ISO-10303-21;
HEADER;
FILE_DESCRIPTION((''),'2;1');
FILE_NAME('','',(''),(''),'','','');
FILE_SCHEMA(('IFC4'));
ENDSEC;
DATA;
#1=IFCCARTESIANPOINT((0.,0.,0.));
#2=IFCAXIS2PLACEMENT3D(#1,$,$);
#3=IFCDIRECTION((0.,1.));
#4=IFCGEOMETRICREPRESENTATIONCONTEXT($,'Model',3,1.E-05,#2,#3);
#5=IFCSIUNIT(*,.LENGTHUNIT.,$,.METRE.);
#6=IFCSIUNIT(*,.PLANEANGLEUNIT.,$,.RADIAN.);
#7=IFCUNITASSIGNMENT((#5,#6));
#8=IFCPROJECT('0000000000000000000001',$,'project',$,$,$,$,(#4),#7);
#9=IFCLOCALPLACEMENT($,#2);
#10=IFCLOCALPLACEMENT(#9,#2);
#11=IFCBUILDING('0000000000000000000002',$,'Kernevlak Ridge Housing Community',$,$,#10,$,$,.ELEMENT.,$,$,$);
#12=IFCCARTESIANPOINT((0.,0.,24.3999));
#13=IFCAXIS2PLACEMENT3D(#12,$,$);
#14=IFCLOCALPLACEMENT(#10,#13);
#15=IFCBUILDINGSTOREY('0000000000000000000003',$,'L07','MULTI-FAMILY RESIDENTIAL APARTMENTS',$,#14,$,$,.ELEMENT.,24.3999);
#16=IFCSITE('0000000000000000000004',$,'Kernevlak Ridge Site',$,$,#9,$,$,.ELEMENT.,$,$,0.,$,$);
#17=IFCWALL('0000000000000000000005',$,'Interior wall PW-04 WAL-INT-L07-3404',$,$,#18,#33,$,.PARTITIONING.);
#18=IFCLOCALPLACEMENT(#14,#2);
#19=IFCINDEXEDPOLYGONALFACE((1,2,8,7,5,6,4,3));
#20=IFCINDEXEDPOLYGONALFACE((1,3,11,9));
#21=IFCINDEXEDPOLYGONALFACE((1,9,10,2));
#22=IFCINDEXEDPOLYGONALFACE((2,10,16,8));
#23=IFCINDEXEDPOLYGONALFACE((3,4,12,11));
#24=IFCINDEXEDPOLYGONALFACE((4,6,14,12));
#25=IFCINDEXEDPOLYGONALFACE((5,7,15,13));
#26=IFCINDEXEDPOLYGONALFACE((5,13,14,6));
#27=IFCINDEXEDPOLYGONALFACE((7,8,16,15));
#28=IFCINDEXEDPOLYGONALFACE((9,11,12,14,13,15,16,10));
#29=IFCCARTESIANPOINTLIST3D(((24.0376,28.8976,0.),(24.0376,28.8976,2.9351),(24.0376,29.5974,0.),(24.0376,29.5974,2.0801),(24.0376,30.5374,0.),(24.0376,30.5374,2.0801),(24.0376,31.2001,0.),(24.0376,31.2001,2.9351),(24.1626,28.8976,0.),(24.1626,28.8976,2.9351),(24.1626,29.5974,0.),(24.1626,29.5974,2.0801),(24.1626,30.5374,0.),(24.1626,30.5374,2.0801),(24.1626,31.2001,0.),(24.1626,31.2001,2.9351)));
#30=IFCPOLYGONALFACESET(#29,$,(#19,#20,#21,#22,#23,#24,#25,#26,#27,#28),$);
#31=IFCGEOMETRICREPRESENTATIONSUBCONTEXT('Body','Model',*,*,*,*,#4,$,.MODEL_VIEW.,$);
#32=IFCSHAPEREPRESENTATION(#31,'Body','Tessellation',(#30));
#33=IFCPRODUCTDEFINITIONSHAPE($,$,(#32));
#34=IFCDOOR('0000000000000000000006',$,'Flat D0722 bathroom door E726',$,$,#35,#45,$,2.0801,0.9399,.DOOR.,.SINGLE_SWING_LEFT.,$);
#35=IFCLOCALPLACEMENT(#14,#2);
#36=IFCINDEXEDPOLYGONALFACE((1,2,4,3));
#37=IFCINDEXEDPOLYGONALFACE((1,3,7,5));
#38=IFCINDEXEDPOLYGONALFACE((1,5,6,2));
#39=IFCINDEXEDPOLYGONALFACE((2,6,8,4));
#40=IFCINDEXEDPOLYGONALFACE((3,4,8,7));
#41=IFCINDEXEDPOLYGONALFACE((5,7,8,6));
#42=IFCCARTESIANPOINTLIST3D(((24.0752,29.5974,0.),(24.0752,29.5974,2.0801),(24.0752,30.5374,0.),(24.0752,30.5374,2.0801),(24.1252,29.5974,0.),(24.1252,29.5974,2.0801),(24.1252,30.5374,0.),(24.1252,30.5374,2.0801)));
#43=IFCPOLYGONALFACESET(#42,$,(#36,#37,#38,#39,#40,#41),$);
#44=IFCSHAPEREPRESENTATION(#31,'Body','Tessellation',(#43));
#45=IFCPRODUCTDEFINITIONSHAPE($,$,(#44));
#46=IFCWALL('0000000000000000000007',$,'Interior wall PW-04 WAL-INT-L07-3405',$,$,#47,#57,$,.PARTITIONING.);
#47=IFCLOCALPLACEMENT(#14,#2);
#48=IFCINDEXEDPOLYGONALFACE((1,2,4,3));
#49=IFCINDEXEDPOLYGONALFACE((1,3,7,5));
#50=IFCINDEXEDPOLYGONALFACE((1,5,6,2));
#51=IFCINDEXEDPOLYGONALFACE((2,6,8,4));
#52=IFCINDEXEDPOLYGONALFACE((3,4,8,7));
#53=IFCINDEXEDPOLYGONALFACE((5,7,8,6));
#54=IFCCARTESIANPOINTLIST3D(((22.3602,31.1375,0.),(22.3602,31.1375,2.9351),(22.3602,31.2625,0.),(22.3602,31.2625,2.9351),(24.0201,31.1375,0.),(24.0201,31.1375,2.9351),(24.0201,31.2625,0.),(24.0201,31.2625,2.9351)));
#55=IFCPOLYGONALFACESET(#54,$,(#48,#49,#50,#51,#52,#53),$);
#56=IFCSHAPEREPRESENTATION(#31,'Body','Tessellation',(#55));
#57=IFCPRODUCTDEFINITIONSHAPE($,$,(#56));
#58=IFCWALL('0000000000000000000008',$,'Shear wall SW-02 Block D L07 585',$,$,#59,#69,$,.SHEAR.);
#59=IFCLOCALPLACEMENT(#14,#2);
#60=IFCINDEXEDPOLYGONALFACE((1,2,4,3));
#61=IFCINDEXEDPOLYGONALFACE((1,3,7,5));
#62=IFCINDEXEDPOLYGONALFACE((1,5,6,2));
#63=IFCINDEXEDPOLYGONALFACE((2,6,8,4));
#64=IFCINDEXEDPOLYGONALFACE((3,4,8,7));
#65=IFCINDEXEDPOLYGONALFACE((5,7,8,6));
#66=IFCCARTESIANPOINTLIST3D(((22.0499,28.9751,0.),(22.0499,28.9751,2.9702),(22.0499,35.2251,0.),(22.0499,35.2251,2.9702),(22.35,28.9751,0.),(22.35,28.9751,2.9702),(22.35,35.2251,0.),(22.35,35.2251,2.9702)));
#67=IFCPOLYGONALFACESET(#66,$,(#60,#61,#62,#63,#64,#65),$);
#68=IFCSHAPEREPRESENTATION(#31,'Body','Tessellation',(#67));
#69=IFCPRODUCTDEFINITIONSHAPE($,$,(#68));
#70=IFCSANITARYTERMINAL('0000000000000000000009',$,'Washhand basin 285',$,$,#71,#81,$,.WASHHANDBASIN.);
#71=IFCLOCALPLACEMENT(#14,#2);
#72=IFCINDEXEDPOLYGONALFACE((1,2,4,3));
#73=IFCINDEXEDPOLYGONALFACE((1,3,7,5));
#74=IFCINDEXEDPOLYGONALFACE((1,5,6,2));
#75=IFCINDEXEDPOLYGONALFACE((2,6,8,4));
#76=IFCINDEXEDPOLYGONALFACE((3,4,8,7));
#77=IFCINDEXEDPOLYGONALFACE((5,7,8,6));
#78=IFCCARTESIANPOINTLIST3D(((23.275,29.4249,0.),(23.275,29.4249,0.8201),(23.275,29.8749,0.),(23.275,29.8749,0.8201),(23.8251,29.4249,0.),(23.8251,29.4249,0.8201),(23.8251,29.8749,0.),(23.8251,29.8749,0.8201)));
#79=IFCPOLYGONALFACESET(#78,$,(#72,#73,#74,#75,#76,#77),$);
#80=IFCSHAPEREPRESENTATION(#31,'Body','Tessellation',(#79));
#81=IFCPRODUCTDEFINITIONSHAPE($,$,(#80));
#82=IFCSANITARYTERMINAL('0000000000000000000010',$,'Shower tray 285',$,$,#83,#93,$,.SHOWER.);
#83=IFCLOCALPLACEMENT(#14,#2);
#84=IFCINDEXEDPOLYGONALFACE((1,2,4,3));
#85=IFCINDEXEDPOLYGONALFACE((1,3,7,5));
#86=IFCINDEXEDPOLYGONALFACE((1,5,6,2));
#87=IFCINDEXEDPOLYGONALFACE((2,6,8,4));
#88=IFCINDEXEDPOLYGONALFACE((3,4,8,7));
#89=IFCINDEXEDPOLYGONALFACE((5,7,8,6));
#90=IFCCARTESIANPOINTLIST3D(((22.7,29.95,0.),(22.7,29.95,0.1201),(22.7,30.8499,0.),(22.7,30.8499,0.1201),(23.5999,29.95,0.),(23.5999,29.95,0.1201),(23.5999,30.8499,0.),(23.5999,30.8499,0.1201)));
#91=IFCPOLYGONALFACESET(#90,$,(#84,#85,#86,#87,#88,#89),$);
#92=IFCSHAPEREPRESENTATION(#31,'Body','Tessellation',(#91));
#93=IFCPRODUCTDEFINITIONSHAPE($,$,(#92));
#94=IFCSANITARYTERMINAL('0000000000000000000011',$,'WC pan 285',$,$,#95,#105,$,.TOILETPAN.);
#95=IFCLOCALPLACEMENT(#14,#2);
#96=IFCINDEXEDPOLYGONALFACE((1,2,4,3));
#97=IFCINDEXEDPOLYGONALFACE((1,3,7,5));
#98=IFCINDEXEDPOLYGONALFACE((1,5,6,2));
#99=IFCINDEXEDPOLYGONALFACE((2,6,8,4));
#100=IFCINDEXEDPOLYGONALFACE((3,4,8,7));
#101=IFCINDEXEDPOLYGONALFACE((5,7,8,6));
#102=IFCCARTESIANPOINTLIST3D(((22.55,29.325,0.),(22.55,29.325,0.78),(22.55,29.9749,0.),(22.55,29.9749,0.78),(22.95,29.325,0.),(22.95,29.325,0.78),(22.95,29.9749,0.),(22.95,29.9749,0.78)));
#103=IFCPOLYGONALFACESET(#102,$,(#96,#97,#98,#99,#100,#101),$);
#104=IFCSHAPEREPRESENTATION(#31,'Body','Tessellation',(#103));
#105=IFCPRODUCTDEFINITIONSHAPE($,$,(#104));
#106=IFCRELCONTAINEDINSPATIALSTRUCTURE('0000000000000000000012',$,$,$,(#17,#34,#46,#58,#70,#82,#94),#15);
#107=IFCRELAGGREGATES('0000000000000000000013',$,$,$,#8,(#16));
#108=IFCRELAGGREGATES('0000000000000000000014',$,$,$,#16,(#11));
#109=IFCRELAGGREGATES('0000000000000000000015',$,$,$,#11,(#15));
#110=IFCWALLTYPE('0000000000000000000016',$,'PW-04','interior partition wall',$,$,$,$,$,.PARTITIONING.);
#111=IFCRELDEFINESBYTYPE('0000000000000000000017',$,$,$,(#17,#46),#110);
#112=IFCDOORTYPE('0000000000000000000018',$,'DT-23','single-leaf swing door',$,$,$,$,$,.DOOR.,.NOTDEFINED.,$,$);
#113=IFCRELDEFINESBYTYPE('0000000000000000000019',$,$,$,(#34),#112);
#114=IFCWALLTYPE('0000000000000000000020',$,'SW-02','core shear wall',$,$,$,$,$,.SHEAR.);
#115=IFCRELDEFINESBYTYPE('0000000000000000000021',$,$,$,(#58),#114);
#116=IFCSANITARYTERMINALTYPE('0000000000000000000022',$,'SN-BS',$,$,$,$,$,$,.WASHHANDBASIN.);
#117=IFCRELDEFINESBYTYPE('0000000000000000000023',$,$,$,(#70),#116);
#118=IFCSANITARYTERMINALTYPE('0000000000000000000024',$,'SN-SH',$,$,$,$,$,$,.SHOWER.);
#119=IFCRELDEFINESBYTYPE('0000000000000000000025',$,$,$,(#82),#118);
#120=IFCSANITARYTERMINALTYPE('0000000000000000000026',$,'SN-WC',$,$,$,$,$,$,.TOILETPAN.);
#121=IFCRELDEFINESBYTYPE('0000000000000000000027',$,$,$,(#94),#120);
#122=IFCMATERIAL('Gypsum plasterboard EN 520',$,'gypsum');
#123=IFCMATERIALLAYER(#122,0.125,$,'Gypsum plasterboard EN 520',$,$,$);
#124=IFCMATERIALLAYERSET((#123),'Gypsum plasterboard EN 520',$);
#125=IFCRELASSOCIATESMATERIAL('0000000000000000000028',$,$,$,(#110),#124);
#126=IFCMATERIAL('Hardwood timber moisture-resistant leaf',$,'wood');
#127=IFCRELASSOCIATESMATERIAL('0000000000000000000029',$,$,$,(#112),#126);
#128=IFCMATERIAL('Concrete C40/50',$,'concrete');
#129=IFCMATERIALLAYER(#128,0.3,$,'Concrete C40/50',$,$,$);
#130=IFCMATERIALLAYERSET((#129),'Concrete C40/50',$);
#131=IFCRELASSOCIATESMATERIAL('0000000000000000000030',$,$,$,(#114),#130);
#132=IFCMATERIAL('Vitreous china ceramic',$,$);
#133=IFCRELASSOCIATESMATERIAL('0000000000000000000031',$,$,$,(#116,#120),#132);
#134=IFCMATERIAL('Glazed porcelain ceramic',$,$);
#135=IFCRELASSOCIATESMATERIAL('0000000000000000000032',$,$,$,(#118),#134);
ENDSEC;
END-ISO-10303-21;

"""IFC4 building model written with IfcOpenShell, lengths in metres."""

from ifc_helpers import new_model, si_unit, direction, frame, frame_2d, origin, origin_2d, place, context, subcontext, project, spatial, rectangle, extrude, material, layer, layer_set, type_object, element, fill, save


model = new_model("IFC4")

# Units and contexts
model_context = context("Model", 3, precision=1e-05, world=origin(), true_north=direction((0.0, 1.0)))
body_context = subcontext(model_context, "Body", "Model", "MODEL_VIEW")
ifc_project = project(units=[si_unit("LENGTHUNIT", "METRE"), si_unit("PLANEANGLEUNIT", "RADIAN")], contexts=[model_context])

# Site, building, storey
site_placement = place(None, origin())
site = spatial("IfcSite", under=ifc_project, at=site_placement, Name="Kernevlak Ridge Site", CompositionType="ELEMENT", RefElevation=0.0)
building_placement = place(site_placement, origin())
building = spatial("IfcBuilding", under=site, at=building_placement, Name="Kernevlak Ridge Housing Community", CompositionType="ELEMENT")
storey_placement = place(building_placement, frame((0.0, 0.0, 24.3999)))
storey = spatial("IfcBuildingStorey", under=building, at=storey_placement, Name="L07", Description="MULTI-FAMILY RESIDENTIAL APARTMENTS", CompositionType="ELEMENT", Elevation=24.3999)

# Wall, opening, door
ifc_material_1 = material(Name="Gypsum plasterboard EN 520", Category="gypsum")
ifc_layer_1 = layer(ifc_material_1, 0.125, Name="Gypsum plasterboard EN 520")
ifc_layer_set_1 = layer_set([ifc_layer_1], Name="Gypsum plasterboard EN 520")
wall_type_1 = type_object("IfcWallType", Name="PW-04", Description="interior partition wall", PredefinedType="PARTITIONING", material=ifc_layer_set_1)
wall_1_placement = place(storey_placement, frame((24.1001, 28.8975, 0.0), z_axis=(0.0, 0.0, 1.0), x_axis=(0.0, 1.0, 0.0)))
wall_1 = element("IfcWall", 1, at=wall_1_placement, inside=storey, type_object=wall_type_1, Name="Interior wall PW-04 WAL-INT-L07-3404", PredefinedType="PARTITIONING", context=body_context, shape_type="SweptSolid", body=[
    extrude(rectangle(XDim=2.3025, YDim=0.125, at=frame_2d((1.1514, 0.0))), origin(), (0.0, 0.0, 1.0), 2.9351),
])
opening_1_placement = place(wall_1_placement, frame((0.7, 0.0, 0.0)))
opening_1 = element("IfcOpeningElement", 2, at=opening_1_placement, cuts=wall_1, PredefinedType="OPENING", context=body_context, shape_type="SweptSolid", body=[
    extrude(rectangle(XDim=0.9399, YDim=2.0801, at=frame_2d((0.47, 1.04))), frame((0.0, 0.0725, 0.0), z_axis=(0.0, -1.0, 0.0), x_axis=(1.0, 0.0, 0.0)), (0.0, 0.0, 1.0), 0.145),
])
ifc_material_2 = material(Name="Hardwood timber moisture-resistant leaf", Category="wood")
door_type_1 = type_object("IfcDoorType", Name="DT-23", Description="single-leaf swing door", OperationType="NOTDEFINED", PredefinedType="DOOR", material=ifc_material_2)
door_1_placement = place(opening_1_placement, origin())
door_1 = element("IfcDoor", 3, at=door_1_placement, inside=storey, type_object=door_type_1, Name="Flat D0722 bathroom door E726", OperationType="SINGLE_SWING_LEFT", OverallHeight=2.0801, OverallWidth=0.9399, PredefinedType="DOOR", context=body_context, shape_type="SweptSolid", body=[
    extrude(rectangle(XDim=0.9399, YDim=2.0801, at=frame_2d((0.47, 1.04))), frame((0.0, 0.0249, 0.0), z_axis=(0.0, -1.0, 0.0), x_axis=(1.0, 0.0, 0.0)), (0.0, 0.0, 1.0), 0.05),
])
fill(opening_1, door_1)

# Walls
wall_2_placement = place(storey_placement, frame((22.3601, 31.2, 0.0), z_axis=(0.0, 0.0, 1.0), x_axis=(1.0, 0.0, 0.0)))
element("IfcWall", 4, at=wall_2_placement, inside=storey, type_object=wall_type_1, Name="Interior wall PW-04 WAL-INT-L07-3405", PredefinedType="PARTITIONING", context=body_context, shape_type="SweptSolid", body=[
    extrude(rectangle(XDim=1.6599, YDim=0.125, at=frame_2d((0.8301, 0.0))), origin(), (0.0, 0.0, 1.0), 2.9351),
])
ifc_material_3 = material(Name="Concrete C40/50", Category="concrete")
ifc_layer_2 = layer(ifc_material_3, 0.3, Name="Concrete C40/50")
ifc_layer_set_2 = layer_set([ifc_layer_2], Name="Concrete C40/50")
wall_type_2 = type_object("IfcWallType", Name="SW-02", Description="core shear wall", PredefinedType="SHEAR", material=ifc_layer_set_2)
wall_3_placement = place(storey_placement, frame((22.2, 28.9751, 0.0), z_axis=(0.0, 0.0, 1.0), x_axis=(0.0, 1.0, 0.0)))
element("IfcWall", 5, at=wall_3_placement, inside=storey, type_object=wall_type_2, Name="Shear wall SW-02 Block D L07 585", PredefinedType="SHEAR", context=body_context, shape_type="SweptSolid", body=[
    extrude(rectangle(XDim=6.25, YDim=0.3, at=frame_2d((3.125, 0.0))), origin(), (0.0, 0.0, 1.0), 2.9702),
])

# Sanitary terminals
ifc_material_4 = material(Name="Vitreous china ceramic")
sanitary_terminal_type_1 = type_object("IfcSanitaryTerminalType", Name="SN-BS", PredefinedType="WASHHANDBASIN", material=ifc_material_4)
sanitary_terminal_1_placement = place(storey_placement, frame((23.55, 29.6499, 0.0), z_axis=(0.0, 0.0, 1.0), x_axis=(1.0, 0.0, 0.0)))
element("IfcSanitaryTerminal", 6, at=sanitary_terminal_1_placement, inside=storey, type_object=sanitary_terminal_type_1, Name="Washhand basin 285", PredefinedType="WASHHANDBASIN", context=body_context, shape_type="SweptSolid", body=[
    extrude(rectangle(XDim=0.55, YDim=0.45, at=origin_2d()), origin(), (0.0, 0.0, 1.0), 0.8201),
])
ifc_material_5 = material(Name="Glazed porcelain ceramic")
sanitary_terminal_type_2 = type_object("IfcSanitaryTerminalType", Name="SN-SH", PredefinedType="SHOWER", material=ifc_material_5)
sanitary_terminal_2_placement = place(storey_placement, frame((23.1499, 30.3999, 0.0), z_axis=(0.0, 0.0, 1.0), x_axis=(1.0, 0.0, 0.0)))
element("IfcSanitaryTerminal", 7, at=sanitary_terminal_2_placement, inside=storey, type_object=sanitary_terminal_type_2, Name="Shower tray 285", PredefinedType="SHOWER", context=body_context, shape_type="SweptSolid", body=[
    extrude(rectangle(XDim=0.8999, YDim=0.8999, at=origin_2d()), origin(), (0.0, 0.0, 1.0), 0.1201),
])
sanitary_terminal_type_3 = type_object("IfcSanitaryTerminalType", Name="SN-WC", PredefinedType="TOILETPAN", material=ifc_material_4)
sanitary_terminal_3_placement = place(storey_placement, frame((22.75, 29.6499, 0.0), z_axis=(0.0, 0.0, 1.0), x_axis=(1.0, 0.0, 0.0)))
element("IfcSanitaryTerminal", 8, at=sanitary_terminal_3_placement, inside=storey, type_object=sanitary_terminal_type_3, Name="WC pan 285", PredefinedType="TOILETPAN", context=body_context, shape_type="SweptSolid", body=[
    extrude(rectangle(XDim=0.3999, YDim=0.6499, at=origin_2d()), origin(), (0.0, 0.0, 1.0), 0.78),
])

save(model, "model.ifc")
